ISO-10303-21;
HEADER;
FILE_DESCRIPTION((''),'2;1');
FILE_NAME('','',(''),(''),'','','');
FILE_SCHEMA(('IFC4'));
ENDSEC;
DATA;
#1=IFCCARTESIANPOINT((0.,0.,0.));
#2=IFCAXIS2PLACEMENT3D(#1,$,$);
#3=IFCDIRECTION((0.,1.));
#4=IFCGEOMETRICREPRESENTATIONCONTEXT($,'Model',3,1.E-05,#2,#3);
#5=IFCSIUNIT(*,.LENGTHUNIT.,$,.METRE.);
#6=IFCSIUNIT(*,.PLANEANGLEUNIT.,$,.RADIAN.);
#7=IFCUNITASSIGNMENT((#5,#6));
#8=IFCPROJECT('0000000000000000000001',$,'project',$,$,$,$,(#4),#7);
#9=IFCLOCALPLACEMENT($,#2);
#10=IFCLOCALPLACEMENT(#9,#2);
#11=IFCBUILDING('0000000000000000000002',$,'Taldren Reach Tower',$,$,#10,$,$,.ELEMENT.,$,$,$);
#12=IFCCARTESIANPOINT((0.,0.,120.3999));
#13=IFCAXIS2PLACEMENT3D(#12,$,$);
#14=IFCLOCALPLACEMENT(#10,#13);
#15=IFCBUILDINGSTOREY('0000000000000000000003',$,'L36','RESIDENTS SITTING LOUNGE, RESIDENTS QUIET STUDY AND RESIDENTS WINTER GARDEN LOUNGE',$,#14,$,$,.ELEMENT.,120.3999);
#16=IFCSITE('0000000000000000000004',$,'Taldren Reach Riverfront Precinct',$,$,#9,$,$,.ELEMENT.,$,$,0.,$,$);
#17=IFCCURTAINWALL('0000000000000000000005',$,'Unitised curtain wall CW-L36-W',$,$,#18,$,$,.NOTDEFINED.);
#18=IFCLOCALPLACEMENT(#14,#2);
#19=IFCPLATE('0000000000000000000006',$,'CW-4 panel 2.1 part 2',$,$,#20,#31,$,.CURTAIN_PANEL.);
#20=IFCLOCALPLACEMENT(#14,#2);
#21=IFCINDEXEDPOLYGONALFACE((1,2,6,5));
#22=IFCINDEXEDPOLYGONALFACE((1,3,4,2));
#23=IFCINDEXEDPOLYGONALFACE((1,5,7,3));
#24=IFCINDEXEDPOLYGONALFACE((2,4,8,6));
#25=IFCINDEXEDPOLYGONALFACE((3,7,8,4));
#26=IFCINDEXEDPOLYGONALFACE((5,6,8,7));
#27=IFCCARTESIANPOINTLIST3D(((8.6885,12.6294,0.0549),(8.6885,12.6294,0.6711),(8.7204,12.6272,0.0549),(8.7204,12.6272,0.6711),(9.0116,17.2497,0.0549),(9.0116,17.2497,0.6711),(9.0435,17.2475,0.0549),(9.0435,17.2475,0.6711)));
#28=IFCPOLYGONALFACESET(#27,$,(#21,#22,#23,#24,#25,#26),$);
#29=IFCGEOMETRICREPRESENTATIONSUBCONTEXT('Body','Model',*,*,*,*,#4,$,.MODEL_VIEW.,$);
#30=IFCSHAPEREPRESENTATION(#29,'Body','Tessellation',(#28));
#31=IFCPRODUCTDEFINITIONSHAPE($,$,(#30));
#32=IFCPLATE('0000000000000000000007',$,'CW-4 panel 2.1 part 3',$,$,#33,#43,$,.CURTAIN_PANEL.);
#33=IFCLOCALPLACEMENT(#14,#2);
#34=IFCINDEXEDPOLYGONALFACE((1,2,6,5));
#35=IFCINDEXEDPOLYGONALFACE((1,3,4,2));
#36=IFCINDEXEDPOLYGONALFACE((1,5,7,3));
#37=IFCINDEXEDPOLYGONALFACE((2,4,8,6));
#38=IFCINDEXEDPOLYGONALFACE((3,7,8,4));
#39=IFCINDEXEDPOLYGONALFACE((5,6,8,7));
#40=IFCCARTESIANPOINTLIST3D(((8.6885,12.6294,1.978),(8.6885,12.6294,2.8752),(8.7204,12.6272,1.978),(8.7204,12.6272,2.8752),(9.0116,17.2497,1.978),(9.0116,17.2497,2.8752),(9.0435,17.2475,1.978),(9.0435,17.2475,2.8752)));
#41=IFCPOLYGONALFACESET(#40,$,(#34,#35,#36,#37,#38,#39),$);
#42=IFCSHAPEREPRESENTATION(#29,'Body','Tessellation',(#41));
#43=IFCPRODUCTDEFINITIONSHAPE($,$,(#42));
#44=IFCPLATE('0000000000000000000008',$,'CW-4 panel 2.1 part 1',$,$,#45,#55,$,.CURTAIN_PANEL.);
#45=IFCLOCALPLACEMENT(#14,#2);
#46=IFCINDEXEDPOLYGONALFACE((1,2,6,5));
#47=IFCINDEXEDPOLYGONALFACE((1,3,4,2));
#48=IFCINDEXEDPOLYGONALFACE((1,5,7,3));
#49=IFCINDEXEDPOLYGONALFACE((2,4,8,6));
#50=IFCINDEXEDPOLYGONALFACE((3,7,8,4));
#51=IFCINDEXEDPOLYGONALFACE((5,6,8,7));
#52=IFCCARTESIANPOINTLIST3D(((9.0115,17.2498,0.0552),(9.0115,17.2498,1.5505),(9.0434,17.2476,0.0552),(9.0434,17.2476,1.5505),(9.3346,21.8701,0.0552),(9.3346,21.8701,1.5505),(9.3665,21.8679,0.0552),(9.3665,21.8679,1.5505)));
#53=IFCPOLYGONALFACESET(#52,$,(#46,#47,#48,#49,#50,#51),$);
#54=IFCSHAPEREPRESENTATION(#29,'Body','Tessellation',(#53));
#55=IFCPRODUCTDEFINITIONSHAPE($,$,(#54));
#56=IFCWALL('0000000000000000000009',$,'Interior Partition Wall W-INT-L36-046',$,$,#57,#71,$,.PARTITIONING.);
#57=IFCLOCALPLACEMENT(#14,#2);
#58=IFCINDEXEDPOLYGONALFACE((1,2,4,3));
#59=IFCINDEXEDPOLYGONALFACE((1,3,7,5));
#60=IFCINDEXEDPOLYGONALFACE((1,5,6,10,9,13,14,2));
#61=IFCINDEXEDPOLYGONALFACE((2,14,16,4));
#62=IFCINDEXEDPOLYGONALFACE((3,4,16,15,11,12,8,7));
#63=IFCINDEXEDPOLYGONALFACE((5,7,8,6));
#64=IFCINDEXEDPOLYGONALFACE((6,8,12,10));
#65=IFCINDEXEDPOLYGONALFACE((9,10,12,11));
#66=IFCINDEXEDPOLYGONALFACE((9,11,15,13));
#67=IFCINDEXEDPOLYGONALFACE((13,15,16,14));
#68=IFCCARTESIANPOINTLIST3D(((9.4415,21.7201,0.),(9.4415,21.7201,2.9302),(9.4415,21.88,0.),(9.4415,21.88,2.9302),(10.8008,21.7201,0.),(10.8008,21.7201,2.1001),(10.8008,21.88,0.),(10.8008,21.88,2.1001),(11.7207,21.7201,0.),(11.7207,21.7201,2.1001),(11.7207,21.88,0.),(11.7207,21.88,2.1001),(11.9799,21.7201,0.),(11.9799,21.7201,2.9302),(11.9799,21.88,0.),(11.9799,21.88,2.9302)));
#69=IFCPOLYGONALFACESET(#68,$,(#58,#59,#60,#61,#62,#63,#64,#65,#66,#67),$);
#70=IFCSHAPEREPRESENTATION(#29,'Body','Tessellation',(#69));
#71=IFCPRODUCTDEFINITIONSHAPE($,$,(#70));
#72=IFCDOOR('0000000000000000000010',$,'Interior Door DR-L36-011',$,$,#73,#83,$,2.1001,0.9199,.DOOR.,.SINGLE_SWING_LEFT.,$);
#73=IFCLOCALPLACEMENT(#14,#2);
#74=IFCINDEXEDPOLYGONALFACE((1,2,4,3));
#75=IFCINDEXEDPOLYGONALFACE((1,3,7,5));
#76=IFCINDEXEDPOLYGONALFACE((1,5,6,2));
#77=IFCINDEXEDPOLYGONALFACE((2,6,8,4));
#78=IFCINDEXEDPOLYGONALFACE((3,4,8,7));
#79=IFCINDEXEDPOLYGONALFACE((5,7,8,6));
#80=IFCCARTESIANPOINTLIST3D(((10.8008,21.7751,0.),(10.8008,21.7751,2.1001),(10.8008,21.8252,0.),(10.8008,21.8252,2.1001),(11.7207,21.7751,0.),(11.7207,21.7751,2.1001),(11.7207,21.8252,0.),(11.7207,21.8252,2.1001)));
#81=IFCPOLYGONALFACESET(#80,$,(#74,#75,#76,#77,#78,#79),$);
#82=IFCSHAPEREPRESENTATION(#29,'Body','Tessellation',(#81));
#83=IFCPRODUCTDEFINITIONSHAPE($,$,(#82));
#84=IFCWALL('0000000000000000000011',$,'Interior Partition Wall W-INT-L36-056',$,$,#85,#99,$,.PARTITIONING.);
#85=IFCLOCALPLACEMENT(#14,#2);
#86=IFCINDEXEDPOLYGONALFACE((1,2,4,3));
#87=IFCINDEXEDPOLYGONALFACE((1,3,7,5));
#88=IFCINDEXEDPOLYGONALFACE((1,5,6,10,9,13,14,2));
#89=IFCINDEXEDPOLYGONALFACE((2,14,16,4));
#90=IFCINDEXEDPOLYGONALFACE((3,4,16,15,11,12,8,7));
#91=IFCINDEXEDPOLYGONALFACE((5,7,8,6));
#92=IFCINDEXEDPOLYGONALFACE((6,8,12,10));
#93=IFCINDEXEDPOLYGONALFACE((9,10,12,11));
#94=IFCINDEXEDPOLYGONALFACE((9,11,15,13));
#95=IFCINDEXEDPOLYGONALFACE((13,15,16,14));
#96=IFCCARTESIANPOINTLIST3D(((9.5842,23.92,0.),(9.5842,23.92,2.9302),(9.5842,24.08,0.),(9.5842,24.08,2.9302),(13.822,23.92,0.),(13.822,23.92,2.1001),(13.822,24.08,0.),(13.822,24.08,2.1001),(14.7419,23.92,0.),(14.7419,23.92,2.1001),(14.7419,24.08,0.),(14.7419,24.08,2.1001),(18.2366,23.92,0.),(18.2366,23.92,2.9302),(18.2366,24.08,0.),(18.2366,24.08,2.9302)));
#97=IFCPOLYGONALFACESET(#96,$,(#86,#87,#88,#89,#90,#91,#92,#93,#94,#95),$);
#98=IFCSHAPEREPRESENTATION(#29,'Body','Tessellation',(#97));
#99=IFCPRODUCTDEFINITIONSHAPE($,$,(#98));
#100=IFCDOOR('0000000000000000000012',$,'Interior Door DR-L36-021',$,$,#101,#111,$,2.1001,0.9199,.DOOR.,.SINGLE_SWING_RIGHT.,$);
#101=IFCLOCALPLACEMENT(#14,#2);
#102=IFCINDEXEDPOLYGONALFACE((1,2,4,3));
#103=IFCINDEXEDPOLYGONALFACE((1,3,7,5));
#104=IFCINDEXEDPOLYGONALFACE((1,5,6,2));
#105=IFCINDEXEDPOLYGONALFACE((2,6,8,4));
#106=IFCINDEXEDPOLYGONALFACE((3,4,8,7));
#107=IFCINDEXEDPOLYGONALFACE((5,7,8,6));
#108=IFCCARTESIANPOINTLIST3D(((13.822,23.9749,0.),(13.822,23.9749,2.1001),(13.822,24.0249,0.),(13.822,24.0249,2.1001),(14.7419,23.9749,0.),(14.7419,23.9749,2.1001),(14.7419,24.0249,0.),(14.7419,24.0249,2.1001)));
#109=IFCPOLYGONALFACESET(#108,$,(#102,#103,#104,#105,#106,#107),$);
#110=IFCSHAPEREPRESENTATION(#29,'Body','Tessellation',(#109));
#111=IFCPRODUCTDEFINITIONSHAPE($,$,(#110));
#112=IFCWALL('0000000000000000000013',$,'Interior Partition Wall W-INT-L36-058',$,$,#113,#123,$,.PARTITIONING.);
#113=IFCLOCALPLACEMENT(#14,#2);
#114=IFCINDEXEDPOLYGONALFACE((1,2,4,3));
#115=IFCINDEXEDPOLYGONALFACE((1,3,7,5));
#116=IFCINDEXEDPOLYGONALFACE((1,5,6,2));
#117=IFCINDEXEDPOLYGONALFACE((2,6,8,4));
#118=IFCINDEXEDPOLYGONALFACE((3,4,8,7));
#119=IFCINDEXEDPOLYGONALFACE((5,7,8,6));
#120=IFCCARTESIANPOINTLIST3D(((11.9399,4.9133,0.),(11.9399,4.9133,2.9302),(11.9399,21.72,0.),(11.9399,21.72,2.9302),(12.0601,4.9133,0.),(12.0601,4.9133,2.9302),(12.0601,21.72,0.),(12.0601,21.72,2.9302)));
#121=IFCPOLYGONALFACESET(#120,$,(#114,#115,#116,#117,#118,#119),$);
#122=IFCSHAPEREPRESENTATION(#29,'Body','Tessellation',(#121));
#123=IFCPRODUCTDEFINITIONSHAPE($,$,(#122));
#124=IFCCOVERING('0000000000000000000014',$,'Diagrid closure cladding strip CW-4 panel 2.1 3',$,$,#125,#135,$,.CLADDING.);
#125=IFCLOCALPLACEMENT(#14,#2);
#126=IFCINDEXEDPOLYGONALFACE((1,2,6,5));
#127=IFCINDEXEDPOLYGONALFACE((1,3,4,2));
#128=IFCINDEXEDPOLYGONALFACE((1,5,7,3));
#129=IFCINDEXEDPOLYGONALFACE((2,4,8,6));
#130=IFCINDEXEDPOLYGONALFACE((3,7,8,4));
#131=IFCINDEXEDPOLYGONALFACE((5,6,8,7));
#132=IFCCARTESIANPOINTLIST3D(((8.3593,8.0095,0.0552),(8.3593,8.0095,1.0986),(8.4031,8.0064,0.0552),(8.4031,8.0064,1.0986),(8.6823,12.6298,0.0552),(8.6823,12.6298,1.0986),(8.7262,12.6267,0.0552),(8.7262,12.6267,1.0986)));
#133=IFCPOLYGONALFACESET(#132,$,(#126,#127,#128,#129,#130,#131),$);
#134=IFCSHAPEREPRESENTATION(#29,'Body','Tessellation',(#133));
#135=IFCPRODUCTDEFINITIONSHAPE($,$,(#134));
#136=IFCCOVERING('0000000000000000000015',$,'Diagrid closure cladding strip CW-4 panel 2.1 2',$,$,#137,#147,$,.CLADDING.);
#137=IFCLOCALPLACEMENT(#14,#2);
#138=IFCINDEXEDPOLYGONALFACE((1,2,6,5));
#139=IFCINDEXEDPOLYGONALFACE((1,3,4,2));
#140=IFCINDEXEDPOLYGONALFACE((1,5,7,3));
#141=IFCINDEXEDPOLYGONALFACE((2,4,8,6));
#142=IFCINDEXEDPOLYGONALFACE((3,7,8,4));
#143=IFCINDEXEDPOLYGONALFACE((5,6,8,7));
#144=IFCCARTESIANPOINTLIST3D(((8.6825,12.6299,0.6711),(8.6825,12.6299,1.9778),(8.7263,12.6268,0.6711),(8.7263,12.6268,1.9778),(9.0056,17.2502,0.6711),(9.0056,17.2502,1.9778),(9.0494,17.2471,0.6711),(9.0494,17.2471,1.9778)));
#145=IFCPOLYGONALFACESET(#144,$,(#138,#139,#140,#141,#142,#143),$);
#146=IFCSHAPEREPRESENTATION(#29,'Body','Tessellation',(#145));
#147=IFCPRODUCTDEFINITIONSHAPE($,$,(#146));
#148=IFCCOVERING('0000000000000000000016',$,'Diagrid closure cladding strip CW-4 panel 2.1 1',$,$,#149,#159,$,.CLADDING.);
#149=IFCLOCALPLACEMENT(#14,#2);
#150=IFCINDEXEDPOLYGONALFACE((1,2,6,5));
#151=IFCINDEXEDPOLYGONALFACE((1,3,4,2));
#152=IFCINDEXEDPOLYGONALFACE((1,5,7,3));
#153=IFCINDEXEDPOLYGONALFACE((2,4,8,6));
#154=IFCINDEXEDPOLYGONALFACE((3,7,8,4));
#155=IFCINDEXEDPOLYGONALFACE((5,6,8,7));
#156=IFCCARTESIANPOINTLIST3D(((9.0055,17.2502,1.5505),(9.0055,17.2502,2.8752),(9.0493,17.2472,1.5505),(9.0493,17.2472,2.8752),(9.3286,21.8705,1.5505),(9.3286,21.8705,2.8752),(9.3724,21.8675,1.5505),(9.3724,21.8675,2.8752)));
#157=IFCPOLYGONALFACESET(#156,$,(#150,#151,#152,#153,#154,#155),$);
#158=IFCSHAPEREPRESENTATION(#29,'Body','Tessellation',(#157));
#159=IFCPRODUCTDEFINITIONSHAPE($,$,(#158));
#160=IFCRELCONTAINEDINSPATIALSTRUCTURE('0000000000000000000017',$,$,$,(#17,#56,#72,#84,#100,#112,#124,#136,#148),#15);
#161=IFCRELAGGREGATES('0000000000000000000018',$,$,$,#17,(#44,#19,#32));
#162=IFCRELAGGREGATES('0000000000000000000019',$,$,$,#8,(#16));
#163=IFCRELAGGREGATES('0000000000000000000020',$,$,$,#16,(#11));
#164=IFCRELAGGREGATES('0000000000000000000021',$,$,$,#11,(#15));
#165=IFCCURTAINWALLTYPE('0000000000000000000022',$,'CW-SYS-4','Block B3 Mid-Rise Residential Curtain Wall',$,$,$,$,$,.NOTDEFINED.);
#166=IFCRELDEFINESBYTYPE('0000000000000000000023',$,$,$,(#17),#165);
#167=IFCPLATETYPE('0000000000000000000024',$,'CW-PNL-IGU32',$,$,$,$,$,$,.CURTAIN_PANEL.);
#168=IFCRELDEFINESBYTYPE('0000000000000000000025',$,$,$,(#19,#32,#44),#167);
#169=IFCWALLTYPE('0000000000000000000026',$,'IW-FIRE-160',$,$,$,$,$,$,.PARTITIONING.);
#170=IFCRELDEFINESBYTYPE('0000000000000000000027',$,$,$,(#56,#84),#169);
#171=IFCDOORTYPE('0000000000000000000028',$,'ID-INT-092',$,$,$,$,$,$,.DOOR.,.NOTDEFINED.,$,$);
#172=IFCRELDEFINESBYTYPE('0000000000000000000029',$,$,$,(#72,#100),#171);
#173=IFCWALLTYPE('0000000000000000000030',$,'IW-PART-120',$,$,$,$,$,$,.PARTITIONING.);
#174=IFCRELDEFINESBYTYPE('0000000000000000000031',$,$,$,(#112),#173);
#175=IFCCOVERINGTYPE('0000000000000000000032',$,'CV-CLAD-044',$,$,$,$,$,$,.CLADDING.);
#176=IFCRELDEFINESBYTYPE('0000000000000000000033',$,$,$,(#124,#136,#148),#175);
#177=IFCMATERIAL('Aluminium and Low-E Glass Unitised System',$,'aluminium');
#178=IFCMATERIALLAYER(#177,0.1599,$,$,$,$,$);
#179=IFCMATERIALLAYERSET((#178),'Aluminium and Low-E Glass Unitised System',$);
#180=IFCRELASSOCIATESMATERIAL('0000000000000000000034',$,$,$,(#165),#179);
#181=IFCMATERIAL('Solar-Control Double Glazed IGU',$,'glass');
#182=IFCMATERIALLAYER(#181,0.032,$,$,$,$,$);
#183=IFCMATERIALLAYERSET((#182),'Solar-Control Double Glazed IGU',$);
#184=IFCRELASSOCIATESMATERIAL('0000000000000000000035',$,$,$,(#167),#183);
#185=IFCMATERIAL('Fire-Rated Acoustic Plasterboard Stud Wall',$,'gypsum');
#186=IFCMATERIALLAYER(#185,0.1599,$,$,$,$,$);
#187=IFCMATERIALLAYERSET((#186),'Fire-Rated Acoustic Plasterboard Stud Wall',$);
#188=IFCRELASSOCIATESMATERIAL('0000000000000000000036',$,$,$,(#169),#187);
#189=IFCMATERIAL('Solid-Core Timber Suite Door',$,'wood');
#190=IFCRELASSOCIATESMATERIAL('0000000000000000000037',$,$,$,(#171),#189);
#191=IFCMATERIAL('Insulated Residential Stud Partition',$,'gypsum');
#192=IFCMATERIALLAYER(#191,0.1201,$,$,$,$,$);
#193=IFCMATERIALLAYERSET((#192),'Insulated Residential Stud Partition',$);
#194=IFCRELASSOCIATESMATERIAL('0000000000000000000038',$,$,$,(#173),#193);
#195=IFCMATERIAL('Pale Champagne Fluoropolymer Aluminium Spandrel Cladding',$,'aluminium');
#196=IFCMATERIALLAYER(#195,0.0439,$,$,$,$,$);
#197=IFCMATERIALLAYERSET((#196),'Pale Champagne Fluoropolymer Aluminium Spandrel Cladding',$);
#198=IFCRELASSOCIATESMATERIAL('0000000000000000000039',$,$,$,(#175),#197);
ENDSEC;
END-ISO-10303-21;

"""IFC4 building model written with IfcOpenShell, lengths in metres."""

from ifc_helpers import new_model, si_unit, direction, frame, frame_2d, origin, origin_2d, place, context, subcontext, project, spatial, rectangle, extrude, source, transform, mapped, material, layer, layer_set, type_object, element, fill, aggregate, save


model = new_model("IFC4")

# Units and contexts
model_context = context("Model", 3, precision=1e-05, world=origin(), true_north=direction((0.0, 1.0)))
body_context = subcontext(model_context, "Body", "Model", "MODEL_VIEW")
ifc_project = project(units=[si_unit("LENGTHUNIT", "METRE"), si_unit("PLANEANGLEUNIT", "RADIAN")], contexts=[model_context])

# Site, building, storey
site_placement = place(None, origin())
site = spatial("IfcSite", under=ifc_project, at=site_placement, Name="Taldren Reach Riverfront Precinct", CompositionType="ELEMENT", RefElevation=0.0)
building_placement = place(site_placement, origin())
building = spatial("IfcBuilding", under=site, at=building_placement, Name="Taldren Reach Tower", CompositionType="ELEMENT")
storey_placement = place(building_placement, frame((0.0, 0.0, 120.3999)))
storey = spatial("IfcBuildingStorey", under=building, at=storey_placement, Name="L36", Description="RESIDENTS SITTING LOUNGE, RESIDENTS QUIET STUDY AND RESIDENTS WINTER GARDEN LOUNGE", CompositionType="ELEMENT", Elevation=120.3999)

# Curtain wall
ifc_material_1 = material(Name="Aluminium and Low-E Glass Unitised System", Category="aluminium")
ifc_layer_1 = layer(ifc_material_1, 0.1599)
ifc_layer_set_1 = layer_set([ifc_layer_1], Name="Aluminium and Low-E Glass Unitised System")
curtain_wall_type = type_object("IfcCurtainWallType", Name="CW-SYS-4", Description="Block B3 Mid-Rise Residential Curtain Wall", PredefinedType="NOTDEFINED", material=ifc_layer_set_1)
curtain_wall_placement = place(storey_placement, origin())
curtain_wall = element("IfcCurtainWall", 1, at=curtain_wall_placement, inside=storey, type_object=curtain_wall_type, Name="Unitised curtain wall CW-L36-W", PredefinedType="NOTDEFINED")

# Plates
ifc_material_2 = material(Name="Solar-Control Double Glazed IGU", Category="glass")
ifc_layer_2 = layer(ifc_material_2, 0.032)
ifc_layer_set_2 = layer_set([ifc_layer_2], Name="Solar-Control Double Glazed IGU")
plate_type_1 = type_object("IfcPlateType", Name="CW-PNL-IGU32", PredefinedType="CURTAIN_PANEL", material=ifc_layer_set_2)
shared_shape_1 = source(origin(), body_context, "Body", "SweptSolid", [
    extrude(rectangle(XDim=4.6316, YDim=0.032, at=origin_2d()), origin(), (0.0, 0.0, 1.0), 0.6162),
])
plate_1_placement = place(storey_placement, frame((8.866, 14.9385, 0.0549), z_axis=(0.0, 0.0, 1.0), x_axis=(-0.069756, -0.997564, 0.0)))
plate_1 = element("IfcPlate", 2, at=plate_1_placement, type_object=plate_type_1, Name="CW-4 panel 2.1 part 2", PredefinedType="CURTAIN_PANEL", context=body_context, shape_type="MappedRepresentation", body=[
    mapped(shared_shape_1, transform((0.0, 0.0, 0.0), scale=1.0)),
])
shared_shape_2 = source(origin(), body_context, "Body", "SweptSolid", [
    extrude(rectangle(XDim=4.6316, YDim=0.032, at=origin_2d()), origin(), (0.0, 0.0, 1.0), 0.8972),
])
plate_2_placement = place(storey_placement, frame((8.866, 14.9385, 1.978), z_axis=(0.0, 0.0, 1.0), x_axis=(-0.069756, -0.997564, 0.0)))
plate_2 = element("IfcPlate", 3, at=plate_2_placement, type_object=plate_type_1, Name="CW-4 panel 2.1 part 3", PredefinedType="CURTAIN_PANEL", context=body_context, shape_type="MappedRepresentation", body=[
    mapped(shared_shape_2, transform((0.0, 0.0, 0.0), scale=1.0)),
])
shared_shape_3 = source(origin(), body_context, "Body", "SweptSolid", [
    extrude(rectangle(XDim=4.6316, YDim=0.032, at=origin_2d()), origin(), (0.0, 0.0, 1.0), 1.4954),
])
plate_3_placement = place(storey_placement, frame((9.189, 19.5588, 0.0552), z_axis=(0.0, 0.0, 1.0), x_axis=(-0.069756, -0.997564, 0.0)))
plate_3 = element("IfcPlate", 4, at=plate_3_placement, type_object=plate_type_1, Name="CW-4 panel 2.1 part 1", PredefinedType="CURTAIN_PANEL", context=body_context, shape_type="MappedRepresentation", body=[
    mapped(shared_shape_3, transform((0.0, 0.0, 0.0), scale=1.0)),
])
aggregate(curtain_wall, [plate_3, plate_1, plate_2])

# Walls, openings, doors
ifc_material_3 = material(Name="Fire-Rated Acoustic Plasterboard Stud Wall", Category="gypsum")
ifc_layer_3 = layer(ifc_material_3, 0.1599)
ifc_layer_set_3 = layer_set([ifc_layer_3], Name="Fire-Rated Acoustic Plasterboard Stud Wall")
wall_type_1 = type_object("IfcWallType", Name="IW-FIRE-160", PredefinedType="PARTITIONING", material=ifc_layer_set_3)
shared_shape_4 = source(origin(), body_context, "Body", "SweptSolid", [
    extrude(rectangle(XDim=2.5383, YDim=0.1599, at=frame_2d((1.269, 0.0))), origin(), (0.0, 0.0, 1.0), 2.9302),
])
wall_1_placement = place(storey_placement, frame((11.9797, 21.8, 0.0), z_axis=(0.0, 0.0, 1.0), x_axis=(-1.0, 0.0, 0.0)))
wall_1 = element("IfcWall", 5, at=wall_1_placement, inside=storey, type_object=wall_type_1, Name="Interior Partition Wall W-INT-L36-046", PredefinedType="PARTITIONING", context=body_context, shape_type="MappedRepresentation", body=[
    mapped(shared_shape_4, transform((0.0, 0.0, 0.0), scale=1.0)),
])
shared_shape_5 = source(origin(), body_context, "Body", "SweptSolid", [
    extrude(rectangle(XDim=0.9199, YDim=2.1001, at=frame_2d((0.46, 1.05))), frame((0.0, 0.0898, 0.0), z_axis=(0.0, -1.0, 0.0), x_axis=(1.0, 0.0, 0.0)), (0.0, 0.0, 1.0), 0.1799),
])
opening_1_placement = place(wall_1_placement, frame((0.259, 0.0, 0.0)))
opening_1 = element("IfcOpeningElement", 6, at=opening_1_placement, cuts=wall_1, PredefinedType="OPENING", context=body_context, shape_type="MappedRepresentation", body=[
    mapped(shared_shape_5, transform((0.0, 0.0, 0.0), scale=1.0)),
])
ifc_material_4 = material(Name="Solid-Core Timber Suite Door", Category="wood")
door_type = type_object("IfcDoorType", Name="ID-INT-092", OperationType="NOTDEFINED", PredefinedType="DOOR", material=ifc_material_4)
shared_shape_6 = source(origin(), body_context, "Body", "SweptSolid", [
    extrude(rectangle(XDim=0.9199, YDim=2.1001, at=frame_2d((0.46, 1.05))), frame((0.0, 0.0249, 0.0), z_axis=(0.0, -1.0, 0.0), x_axis=(1.0, 0.0, 0.0)), (0.0, 0.0, 1.0), 0.05),
])
door_1_placement = place(opening_1_placement, origin())
door_1 = element("IfcDoor", 7, at=door_1_placement, inside=storey, type_object=door_type, Name="Interior Door DR-L36-011", OperationType="SINGLE_SWING_LEFT", OverallHeight=2.1001, OverallWidth=0.9199, PredefinedType="DOOR", context=body_context, shape_type="MappedRepresentation", body=[
    mapped(shared_shape_6, transform((0.0, 0.0, 0.0), scale=1.0)),
])
fill(opening_1, door_1)
shared_shape_7 = source(origin(), body_context, "Body", "SweptSolid", [
    extrude(rectangle(XDim=8.6523, YDim=0.1599, at=frame_2d((4.3262, 0.0))), origin(), (0.0, 0.0, 1.0), 2.9302),
])
wall_2_placement = place(storey_placement, frame((9.5842, 24.0, 0.0), z_axis=(0.0, 0.0, 1.0), x_axis=(1.0, 0.0, 0.0)))
wall_2 = element("IfcWall", 8, at=wall_2_placement, inside=storey, type_object=wall_type_1, Name="Interior Partition Wall W-INT-L36-056", PredefinedType="PARTITIONING", context=body_context, shape_type="MappedRepresentation", body=[
    mapped(shared_shape_7, transform((0.0, 0.0, 0.0), scale=1.0)),
])
opening_2_placement = place(wall_2_placement, frame((4.2378, 0.0, 0.0)))
opening_2 = element("IfcOpeningElement", 9, at=opening_2_placement, cuts=wall_2, PredefinedType="OPENING", context=body_context, shape_type="MappedRepresentation", body=[
    mapped(shared_shape_5, transform((0.0, 0.0, 0.0), scale=1.0)),
])
door_2_placement = place(opening_2_placement, origin())
door_2 = element("IfcDoor", 10, at=door_2_placement, inside=storey, type_object=door_type, Name="Interior Door DR-L36-021", OperationType="SINGLE_SWING_RIGHT", OverallHeight=2.1001, OverallWidth=0.9199, PredefinedType="DOOR", context=body_context, shape_type="MappedRepresentation", body=[
    mapped(shared_shape_6, transform((0.0, 0.0, 0.0), scale=1.0)),
])
fill(opening_2, door_2)

# Wall
ifc_material_5 = material(Name="Insulated Residential Stud Partition", Category="gypsum")
ifc_layer_4 = layer(ifc_material_5, 0.1201)
ifc_layer_set_4 = layer_set([ifc_layer_4], Name="Insulated Residential Stud Partition")
wall_type_2 = type_object("IfcWallType", Name="IW-PART-120", PredefinedType="PARTITIONING", material=ifc_layer_set_4)
shared_shape_8 = source(origin(), body_context, "Body", "SweptSolid", [
    extrude(rectangle(XDim=16.8066, YDim=0.1201, at=frame_2d((8.4033, 0.0))), origin(), (0.0, 0.0, 1.0), 2.9302),
])
wall_3_placement = place(storey_placement, frame((12.0, 21.72, 0.0), z_axis=(0.0, 0.0, 1.0), x_axis=(0.0, -1.0, 0.0)))
element("IfcWall", 11, at=wall_3_placement, inside=storey, type_object=wall_type_2, Name="Interior Partition Wall W-INT-L36-058", PredefinedType="PARTITIONING", context=body_context, shape_type="MappedRepresentation", body=[
    mapped(shared_shape_8, transform((0.0, 0.0, 0.0), scale=1.0)),
])

# Coverings
ifc_material_6 = material(Name="Pale Champagne Fluoropolymer Aluminium Spandrel Cladding", Category="aluminium")
ifc_layer_5 = layer(ifc_material_6, 0.0439)
ifc_layer_set_5 = layer_set([ifc_layer_5], Name="Pale Champagne Fluoropolymer Aluminium Spandrel Cladding")
covering_type = type_object("IfcCoveringType", Name="CV-CLAD-044", PredefinedType="CLADDING", material=ifc_layer_set_5)
shared_shape_9 = source(origin(), body_context, "Body", "SweptSolid", [
    extrude(rectangle(XDim=4.6316, YDim=0.0439, at=origin_2d()), origin(), (0.0, 0.0, 1.0), 1.0435),
])
covering_1_placement = place(storey_placement, frame((8.5427, 10.3181, 0.0552), z_axis=(0.0, 0.0, 1.0), x_axis=(-0.069756, -0.997564, 0.0)))
element("IfcCovering", 12, at=covering_1_placement, inside=storey, type_object=covering_type, Name="Diagrid closure cladding strip CW-4 panel 2.1 3", PredefinedType="CLADDING", context=body_context, shape_type="MappedRepresentation", body=[
    mapped(shared_shape_9, transform((0.0, 0.0, 0.0), scale=1.0)),
])
shared_shape_10 = source(origin(), body_context, "Body", "SweptSolid", [
    extrude(rectangle(XDim=4.6316, YDim=0.0439, at=origin_2d()), origin(), (0.0, 0.0, 1.0), 1.3066),
])
covering_2_placement = place(storey_placement, frame((8.866, 14.9385, 0.6711), z_axis=(0.0, 0.0, 1.0), x_axis=(-0.069756, -0.997564, 0.0)))
element("IfcCovering", 13, at=covering_2_placement, inside=storey, type_object=covering_type, Name="Diagrid closure cladding strip CW-4 panel 2.1 2", PredefinedType="CLADDING", context=body_context, shape_type="MappedRepresentation", body=[
    mapped(shared_shape_10, transform((0.0, 0.0, 0.0), scale=1.0)),
])
shared_shape_11 = source(origin(), body_context, "Body", "SweptSolid", [
    extrude(rectangle(XDim=4.6316, YDim=0.0439, at=origin_2d()), origin(), (0.0, 0.0, 1.0), 1.3247),
])
covering_3_placement = place(storey_placement, frame((9.189, 19.5588, 1.5505), z_axis=(0.0, 0.0, 1.0), x_axis=(-0.069756, -0.997564, 0.0)))
element("IfcCovering", 14, at=covering_3_placement, inside=storey, type_object=covering_type, Name="Diagrid closure cladding strip CW-4 panel 2.1 1", PredefinedType="CLADDING", context=body_context, shape_type="MappedRepresentation", body=[
    mapped(shared_shape_11, transform((0.0, 0.0, 0.0), scale=1.0)),
])

save(model, "model.ifc")
